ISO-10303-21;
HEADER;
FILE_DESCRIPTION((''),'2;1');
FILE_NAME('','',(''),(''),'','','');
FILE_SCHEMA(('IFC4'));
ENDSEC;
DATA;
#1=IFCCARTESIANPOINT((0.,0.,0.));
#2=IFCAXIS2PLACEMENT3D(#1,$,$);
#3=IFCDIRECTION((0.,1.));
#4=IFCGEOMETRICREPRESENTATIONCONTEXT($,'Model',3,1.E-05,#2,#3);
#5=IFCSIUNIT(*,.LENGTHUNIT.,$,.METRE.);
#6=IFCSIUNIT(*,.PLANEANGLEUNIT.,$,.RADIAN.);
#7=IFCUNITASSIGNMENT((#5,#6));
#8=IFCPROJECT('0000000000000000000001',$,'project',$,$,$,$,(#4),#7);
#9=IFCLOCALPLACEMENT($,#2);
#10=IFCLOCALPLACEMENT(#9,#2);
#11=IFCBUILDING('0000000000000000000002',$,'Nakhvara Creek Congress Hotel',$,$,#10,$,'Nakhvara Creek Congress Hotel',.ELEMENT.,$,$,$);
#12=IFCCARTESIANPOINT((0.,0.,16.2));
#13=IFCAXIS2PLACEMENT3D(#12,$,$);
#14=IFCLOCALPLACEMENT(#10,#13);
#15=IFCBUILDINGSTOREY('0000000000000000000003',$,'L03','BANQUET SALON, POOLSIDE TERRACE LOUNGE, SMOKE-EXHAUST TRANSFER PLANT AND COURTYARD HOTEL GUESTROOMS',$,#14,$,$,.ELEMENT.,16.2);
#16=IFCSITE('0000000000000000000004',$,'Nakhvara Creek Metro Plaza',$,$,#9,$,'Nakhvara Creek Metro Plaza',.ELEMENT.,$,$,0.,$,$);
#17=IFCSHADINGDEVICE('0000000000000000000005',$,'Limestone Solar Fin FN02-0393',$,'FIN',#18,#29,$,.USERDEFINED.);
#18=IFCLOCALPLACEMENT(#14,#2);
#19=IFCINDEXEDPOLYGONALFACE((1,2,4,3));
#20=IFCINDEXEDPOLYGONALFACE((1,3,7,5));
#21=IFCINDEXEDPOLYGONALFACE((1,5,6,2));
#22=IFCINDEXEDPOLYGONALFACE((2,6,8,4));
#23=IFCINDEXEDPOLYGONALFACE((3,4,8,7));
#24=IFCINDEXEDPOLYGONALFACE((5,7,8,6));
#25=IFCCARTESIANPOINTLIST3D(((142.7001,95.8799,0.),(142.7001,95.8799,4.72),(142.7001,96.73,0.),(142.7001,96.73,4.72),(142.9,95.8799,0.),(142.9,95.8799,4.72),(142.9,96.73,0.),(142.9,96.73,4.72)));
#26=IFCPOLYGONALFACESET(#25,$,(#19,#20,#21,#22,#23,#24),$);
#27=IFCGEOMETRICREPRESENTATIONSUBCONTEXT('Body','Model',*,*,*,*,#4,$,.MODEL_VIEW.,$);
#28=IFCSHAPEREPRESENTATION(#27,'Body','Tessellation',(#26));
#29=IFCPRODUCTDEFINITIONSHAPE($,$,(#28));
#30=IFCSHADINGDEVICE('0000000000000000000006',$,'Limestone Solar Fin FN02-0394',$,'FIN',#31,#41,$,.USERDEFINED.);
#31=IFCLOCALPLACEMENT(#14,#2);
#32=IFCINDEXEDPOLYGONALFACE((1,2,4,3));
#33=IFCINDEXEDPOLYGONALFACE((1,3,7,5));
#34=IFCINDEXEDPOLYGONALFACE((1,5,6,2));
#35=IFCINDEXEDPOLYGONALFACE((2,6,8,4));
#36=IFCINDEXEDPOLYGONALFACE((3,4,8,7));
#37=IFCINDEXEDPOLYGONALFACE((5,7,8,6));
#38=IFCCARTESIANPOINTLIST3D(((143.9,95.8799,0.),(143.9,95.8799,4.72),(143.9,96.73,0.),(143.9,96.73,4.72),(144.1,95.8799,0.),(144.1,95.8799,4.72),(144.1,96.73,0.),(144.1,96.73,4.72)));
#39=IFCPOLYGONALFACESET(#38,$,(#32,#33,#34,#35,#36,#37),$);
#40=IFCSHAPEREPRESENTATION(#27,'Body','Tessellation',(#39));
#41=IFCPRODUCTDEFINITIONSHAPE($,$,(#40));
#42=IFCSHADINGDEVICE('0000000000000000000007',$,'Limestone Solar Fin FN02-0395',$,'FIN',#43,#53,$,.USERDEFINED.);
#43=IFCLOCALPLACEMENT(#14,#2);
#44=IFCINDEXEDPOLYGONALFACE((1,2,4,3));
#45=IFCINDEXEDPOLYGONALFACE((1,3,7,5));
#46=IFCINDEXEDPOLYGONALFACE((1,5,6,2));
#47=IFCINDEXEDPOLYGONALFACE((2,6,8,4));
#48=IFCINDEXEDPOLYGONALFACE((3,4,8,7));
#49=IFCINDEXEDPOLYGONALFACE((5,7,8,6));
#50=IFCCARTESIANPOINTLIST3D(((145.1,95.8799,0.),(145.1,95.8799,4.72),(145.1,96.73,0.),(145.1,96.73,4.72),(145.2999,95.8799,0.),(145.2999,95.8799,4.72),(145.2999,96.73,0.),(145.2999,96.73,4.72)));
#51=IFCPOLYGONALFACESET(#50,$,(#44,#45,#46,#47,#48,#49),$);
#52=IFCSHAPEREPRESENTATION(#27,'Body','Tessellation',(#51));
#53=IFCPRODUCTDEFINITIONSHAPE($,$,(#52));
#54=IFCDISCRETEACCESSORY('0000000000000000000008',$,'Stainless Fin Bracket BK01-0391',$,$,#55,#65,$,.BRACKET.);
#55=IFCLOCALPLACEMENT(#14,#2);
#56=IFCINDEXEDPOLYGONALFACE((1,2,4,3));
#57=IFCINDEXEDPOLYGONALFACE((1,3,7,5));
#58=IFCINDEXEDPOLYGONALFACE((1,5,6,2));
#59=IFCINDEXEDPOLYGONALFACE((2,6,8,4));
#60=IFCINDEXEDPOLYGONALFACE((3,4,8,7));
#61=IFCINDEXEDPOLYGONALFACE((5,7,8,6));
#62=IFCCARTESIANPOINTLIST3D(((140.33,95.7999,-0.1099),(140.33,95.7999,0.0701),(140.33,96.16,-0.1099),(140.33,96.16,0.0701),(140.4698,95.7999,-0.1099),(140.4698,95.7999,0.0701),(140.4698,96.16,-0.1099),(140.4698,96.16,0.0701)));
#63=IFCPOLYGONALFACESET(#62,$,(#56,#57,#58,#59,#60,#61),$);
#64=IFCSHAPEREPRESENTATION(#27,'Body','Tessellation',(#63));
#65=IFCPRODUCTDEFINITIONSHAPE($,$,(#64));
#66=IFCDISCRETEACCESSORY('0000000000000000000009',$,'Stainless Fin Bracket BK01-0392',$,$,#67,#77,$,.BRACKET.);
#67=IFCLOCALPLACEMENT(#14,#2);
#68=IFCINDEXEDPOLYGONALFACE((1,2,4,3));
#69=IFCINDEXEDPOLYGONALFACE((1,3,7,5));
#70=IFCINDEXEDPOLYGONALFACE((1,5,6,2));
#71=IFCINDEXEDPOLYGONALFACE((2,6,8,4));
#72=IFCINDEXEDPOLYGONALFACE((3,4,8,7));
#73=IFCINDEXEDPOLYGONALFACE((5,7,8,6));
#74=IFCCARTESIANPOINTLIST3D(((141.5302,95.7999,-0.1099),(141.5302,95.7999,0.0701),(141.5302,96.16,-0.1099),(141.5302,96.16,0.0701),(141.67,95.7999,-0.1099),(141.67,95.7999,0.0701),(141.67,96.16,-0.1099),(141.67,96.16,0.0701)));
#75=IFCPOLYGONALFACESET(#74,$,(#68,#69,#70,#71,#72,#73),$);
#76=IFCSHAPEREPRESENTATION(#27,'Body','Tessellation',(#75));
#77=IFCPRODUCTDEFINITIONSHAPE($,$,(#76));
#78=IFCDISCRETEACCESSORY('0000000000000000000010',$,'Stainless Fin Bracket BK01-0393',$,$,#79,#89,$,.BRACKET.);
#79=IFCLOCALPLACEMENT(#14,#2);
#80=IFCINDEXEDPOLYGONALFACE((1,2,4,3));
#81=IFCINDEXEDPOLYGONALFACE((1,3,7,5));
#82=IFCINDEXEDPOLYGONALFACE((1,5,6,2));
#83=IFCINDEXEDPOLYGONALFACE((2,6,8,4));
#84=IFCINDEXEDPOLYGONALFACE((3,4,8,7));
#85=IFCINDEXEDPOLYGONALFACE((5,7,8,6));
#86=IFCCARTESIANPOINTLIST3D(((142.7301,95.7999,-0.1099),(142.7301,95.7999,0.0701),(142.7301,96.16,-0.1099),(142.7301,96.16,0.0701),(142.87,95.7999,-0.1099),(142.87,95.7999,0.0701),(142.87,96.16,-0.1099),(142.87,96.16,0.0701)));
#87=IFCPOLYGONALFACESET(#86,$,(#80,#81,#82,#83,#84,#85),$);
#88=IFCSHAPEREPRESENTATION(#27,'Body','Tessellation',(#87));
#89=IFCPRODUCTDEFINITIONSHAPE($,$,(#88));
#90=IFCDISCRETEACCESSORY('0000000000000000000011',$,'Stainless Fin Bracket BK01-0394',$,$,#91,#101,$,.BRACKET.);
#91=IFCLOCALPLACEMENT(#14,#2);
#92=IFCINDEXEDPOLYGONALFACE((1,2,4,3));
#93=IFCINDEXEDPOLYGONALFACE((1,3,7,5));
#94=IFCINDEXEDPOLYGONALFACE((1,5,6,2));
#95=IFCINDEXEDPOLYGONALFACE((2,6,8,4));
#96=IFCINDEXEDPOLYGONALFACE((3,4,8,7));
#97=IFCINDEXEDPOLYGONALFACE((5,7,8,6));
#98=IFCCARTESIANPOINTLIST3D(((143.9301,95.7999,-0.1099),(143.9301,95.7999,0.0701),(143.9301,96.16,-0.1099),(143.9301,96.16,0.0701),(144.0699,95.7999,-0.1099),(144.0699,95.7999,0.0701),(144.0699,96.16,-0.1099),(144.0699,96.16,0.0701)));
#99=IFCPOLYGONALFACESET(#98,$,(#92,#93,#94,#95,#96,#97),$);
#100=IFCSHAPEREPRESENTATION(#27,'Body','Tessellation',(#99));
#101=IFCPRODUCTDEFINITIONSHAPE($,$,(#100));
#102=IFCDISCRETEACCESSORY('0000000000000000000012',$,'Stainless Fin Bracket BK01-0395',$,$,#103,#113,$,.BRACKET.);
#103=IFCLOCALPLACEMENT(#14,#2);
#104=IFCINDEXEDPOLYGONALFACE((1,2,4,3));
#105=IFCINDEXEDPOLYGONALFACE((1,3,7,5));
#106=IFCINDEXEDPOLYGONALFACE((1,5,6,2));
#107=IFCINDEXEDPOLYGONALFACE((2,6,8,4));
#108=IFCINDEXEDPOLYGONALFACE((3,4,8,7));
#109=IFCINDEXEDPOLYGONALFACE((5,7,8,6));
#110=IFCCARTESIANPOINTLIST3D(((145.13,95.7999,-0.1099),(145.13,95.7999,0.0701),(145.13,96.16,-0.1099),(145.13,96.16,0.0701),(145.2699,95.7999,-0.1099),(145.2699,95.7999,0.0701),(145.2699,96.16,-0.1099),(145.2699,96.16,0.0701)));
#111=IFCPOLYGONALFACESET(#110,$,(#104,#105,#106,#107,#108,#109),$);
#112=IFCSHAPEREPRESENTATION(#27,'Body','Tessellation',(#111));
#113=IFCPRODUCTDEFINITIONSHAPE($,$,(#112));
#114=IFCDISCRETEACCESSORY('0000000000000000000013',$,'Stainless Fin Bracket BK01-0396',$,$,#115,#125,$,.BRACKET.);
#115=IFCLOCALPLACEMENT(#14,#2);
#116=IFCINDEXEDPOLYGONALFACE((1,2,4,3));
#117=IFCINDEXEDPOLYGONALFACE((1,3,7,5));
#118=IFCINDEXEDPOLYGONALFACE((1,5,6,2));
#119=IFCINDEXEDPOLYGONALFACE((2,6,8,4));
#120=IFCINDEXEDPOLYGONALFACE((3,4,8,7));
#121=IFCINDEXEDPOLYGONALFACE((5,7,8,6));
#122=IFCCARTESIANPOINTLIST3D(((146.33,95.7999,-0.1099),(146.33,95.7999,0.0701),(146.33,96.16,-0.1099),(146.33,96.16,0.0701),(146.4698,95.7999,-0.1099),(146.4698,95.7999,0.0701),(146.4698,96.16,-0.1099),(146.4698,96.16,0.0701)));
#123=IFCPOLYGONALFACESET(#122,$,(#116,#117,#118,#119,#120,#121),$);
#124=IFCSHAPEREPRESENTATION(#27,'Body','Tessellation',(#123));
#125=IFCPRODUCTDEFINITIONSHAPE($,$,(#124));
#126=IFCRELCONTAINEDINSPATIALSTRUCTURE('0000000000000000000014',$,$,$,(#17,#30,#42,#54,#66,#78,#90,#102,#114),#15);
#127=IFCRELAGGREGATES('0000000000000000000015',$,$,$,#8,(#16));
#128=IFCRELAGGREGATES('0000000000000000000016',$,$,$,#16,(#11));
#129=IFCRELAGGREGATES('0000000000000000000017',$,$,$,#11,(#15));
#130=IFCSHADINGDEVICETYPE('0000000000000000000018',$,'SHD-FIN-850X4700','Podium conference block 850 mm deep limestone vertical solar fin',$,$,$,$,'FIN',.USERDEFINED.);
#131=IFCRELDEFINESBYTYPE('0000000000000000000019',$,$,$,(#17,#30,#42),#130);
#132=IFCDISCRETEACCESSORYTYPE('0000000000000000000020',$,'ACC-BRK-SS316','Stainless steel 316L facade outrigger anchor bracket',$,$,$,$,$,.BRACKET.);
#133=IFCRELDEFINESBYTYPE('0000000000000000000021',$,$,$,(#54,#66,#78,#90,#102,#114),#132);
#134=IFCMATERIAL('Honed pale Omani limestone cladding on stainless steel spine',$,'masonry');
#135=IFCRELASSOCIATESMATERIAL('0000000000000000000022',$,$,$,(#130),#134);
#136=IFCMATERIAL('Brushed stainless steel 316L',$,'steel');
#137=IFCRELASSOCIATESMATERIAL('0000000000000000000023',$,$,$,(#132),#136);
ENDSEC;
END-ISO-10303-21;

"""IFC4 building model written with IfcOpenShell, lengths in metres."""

from ifc_helpers import new_model, si_unit, direction, frame, origin, origin_2d, place, context, subcontext, project, spatial, rectangle, extrude, material, type_object, element, save


model = new_model("IFC4")

# Units and contexts
model_context = context("Model", 3, precision=1e-05, world=origin(), true_north=direction((0.0, 1.0)))
body_context = subcontext(model_context, "Body", "Model", "MODEL_VIEW")
ifc_project = project(units=[si_unit("LENGTHUNIT", "METRE"), si_unit("PLANEANGLEUNIT", "RADIAN")], contexts=[model_context])

# Site, building, storey
site_placement = place(None, origin())
site = spatial("IfcSite", under=ifc_project, at=site_placement, Name="Nakhvara Creek Metro Plaza", LongName="Nakhvara Creek Metro Plaza", CompositionType="ELEMENT", RefElevation=0.0)
building_placement = place(site_placement, origin())
building = spatial("IfcBuilding", under=site, at=building_placement, Name="Nakhvara Creek Congress Hotel", LongName="Nakhvara Creek Congress Hotel", CompositionType="ELEMENT")
storey_placement = place(building_placement, frame((0.0, 0.0, 16.2)))
storey = spatial("IfcBuildingStorey", under=building, at=storey_placement, Name="L03", Description="BANQUET SALON, POOLSIDE TERRACE LOUNGE, SMOKE-EXHAUST TRANSFER PLANT AND COURTYARD HOTEL GUESTROOMS", CompositionType="ELEMENT", Elevation=16.2)

# Shared definitions
ifc_material_1 = material(Name="Brushed stainless steel 316L", Category="steel")

# Shading devices
ifc_material_2 = material(Name="Honed pale Omani limestone cladding on stainless steel spine", Category="masonry")
shading_device_type = type_object("IfcShadingDeviceType", Name="SHD-FIN-850X4700", Description="Podium conference block 850 mm deep limestone vertical solar fin", ElementType="FIN", PredefinedType="USERDEFINED", material=ifc_material_2)
for number, where, z_axis, x_axis, name in (
    (1, (142.8, 96.3049, 0.0), (0.0, 0.0, 1.0), (1.0, 0.0, 0.0), "Limestone Solar Fin FN02-0393"),
    (2, (144.0, 96.3049, 0.0), (0.0, 0.0, 1.0), (1.0, 0.0, 0.0), "Limestone Solar Fin FN02-0394"),
    (3, (145.2, 96.3049, 0.0), (0.0, 0.0, 1.0), (1.0, 0.0, 0.0), "Limestone Solar Fin FN02-0395"),
):
    element("IfcShadingDevice", number, at=place(storey_placement, frame(where, z_axis=z_axis, x_axis=x_axis)), inside=storey, type_object=shading_device_type, Name=name, ObjectType="FIN", PredefinedType="USERDEFINED", context=body_context, shape_type="SweptSolid", body=[
        extrude(rectangle(XDim=0.2, YDim=0.8501, at=origin_2d()), origin(), (0.0, 0.0, 1.0), 4.72),
    ])

# Discrete accessories
discrete_accessory_type = type_object("IfcDiscreteAccessoryType", Name="ACC-BRK-SS316", Description="Stainless steel 316L facade outrigger anchor bracket", PredefinedType="BRACKET", material=ifc_material_1)
for number, where, z_axis, x_axis, name in (
    (4, (140.3999, 95.98, -0.1099), (0.0, 0.0, 1.0), (1.0, 0.0, 0.0), "Stainless Fin Bracket BK01-0391"),
    (5, (141.6001, 95.98, -0.1099), (0.0, 0.0, 1.0), (1.0, 0.0, 0.0), "Stainless Fin Bracket BK01-0392"),
    (6, (142.8, 95.98, -0.1099), (0.0, 0.0, 1.0), (1.0, 0.0, 0.0), "Stainless Fin Bracket BK01-0393"),
    (7, (144.0, 95.98, -0.1099), (0.0, 0.0, 1.0), (1.0, 0.0, 0.0), "Stainless Fin Bracket BK01-0394"),
    (8, (145.2, 95.98, -0.1099), (0.0, 0.0, 1.0), (1.0, 0.0, 0.0), "Stainless Fin Bracket BK01-0395"),
    (9, (146.3999, 95.98, -0.1099), (0.0, 0.0, 1.0), (1.0, 0.0, 0.0), "Stainless Fin Bracket BK01-0396"),
):
    element("IfcDiscreteAccessory", number, at=place(storey_placement, frame(where, z_axis=z_axis, x_axis=x_axis)), inside=storey, type_object=discrete_accessory_type, Name=name, PredefinedType="BRACKET", context=body_context, shape_type="SweptSolid", body=[
        extrude(rectangle(XDim=0.1399, YDim=0.3601, at=origin_2d()), origin(), (0.0, 0.0, 1.0), 0.1799),
    ])

save(model, "model.ifc")
